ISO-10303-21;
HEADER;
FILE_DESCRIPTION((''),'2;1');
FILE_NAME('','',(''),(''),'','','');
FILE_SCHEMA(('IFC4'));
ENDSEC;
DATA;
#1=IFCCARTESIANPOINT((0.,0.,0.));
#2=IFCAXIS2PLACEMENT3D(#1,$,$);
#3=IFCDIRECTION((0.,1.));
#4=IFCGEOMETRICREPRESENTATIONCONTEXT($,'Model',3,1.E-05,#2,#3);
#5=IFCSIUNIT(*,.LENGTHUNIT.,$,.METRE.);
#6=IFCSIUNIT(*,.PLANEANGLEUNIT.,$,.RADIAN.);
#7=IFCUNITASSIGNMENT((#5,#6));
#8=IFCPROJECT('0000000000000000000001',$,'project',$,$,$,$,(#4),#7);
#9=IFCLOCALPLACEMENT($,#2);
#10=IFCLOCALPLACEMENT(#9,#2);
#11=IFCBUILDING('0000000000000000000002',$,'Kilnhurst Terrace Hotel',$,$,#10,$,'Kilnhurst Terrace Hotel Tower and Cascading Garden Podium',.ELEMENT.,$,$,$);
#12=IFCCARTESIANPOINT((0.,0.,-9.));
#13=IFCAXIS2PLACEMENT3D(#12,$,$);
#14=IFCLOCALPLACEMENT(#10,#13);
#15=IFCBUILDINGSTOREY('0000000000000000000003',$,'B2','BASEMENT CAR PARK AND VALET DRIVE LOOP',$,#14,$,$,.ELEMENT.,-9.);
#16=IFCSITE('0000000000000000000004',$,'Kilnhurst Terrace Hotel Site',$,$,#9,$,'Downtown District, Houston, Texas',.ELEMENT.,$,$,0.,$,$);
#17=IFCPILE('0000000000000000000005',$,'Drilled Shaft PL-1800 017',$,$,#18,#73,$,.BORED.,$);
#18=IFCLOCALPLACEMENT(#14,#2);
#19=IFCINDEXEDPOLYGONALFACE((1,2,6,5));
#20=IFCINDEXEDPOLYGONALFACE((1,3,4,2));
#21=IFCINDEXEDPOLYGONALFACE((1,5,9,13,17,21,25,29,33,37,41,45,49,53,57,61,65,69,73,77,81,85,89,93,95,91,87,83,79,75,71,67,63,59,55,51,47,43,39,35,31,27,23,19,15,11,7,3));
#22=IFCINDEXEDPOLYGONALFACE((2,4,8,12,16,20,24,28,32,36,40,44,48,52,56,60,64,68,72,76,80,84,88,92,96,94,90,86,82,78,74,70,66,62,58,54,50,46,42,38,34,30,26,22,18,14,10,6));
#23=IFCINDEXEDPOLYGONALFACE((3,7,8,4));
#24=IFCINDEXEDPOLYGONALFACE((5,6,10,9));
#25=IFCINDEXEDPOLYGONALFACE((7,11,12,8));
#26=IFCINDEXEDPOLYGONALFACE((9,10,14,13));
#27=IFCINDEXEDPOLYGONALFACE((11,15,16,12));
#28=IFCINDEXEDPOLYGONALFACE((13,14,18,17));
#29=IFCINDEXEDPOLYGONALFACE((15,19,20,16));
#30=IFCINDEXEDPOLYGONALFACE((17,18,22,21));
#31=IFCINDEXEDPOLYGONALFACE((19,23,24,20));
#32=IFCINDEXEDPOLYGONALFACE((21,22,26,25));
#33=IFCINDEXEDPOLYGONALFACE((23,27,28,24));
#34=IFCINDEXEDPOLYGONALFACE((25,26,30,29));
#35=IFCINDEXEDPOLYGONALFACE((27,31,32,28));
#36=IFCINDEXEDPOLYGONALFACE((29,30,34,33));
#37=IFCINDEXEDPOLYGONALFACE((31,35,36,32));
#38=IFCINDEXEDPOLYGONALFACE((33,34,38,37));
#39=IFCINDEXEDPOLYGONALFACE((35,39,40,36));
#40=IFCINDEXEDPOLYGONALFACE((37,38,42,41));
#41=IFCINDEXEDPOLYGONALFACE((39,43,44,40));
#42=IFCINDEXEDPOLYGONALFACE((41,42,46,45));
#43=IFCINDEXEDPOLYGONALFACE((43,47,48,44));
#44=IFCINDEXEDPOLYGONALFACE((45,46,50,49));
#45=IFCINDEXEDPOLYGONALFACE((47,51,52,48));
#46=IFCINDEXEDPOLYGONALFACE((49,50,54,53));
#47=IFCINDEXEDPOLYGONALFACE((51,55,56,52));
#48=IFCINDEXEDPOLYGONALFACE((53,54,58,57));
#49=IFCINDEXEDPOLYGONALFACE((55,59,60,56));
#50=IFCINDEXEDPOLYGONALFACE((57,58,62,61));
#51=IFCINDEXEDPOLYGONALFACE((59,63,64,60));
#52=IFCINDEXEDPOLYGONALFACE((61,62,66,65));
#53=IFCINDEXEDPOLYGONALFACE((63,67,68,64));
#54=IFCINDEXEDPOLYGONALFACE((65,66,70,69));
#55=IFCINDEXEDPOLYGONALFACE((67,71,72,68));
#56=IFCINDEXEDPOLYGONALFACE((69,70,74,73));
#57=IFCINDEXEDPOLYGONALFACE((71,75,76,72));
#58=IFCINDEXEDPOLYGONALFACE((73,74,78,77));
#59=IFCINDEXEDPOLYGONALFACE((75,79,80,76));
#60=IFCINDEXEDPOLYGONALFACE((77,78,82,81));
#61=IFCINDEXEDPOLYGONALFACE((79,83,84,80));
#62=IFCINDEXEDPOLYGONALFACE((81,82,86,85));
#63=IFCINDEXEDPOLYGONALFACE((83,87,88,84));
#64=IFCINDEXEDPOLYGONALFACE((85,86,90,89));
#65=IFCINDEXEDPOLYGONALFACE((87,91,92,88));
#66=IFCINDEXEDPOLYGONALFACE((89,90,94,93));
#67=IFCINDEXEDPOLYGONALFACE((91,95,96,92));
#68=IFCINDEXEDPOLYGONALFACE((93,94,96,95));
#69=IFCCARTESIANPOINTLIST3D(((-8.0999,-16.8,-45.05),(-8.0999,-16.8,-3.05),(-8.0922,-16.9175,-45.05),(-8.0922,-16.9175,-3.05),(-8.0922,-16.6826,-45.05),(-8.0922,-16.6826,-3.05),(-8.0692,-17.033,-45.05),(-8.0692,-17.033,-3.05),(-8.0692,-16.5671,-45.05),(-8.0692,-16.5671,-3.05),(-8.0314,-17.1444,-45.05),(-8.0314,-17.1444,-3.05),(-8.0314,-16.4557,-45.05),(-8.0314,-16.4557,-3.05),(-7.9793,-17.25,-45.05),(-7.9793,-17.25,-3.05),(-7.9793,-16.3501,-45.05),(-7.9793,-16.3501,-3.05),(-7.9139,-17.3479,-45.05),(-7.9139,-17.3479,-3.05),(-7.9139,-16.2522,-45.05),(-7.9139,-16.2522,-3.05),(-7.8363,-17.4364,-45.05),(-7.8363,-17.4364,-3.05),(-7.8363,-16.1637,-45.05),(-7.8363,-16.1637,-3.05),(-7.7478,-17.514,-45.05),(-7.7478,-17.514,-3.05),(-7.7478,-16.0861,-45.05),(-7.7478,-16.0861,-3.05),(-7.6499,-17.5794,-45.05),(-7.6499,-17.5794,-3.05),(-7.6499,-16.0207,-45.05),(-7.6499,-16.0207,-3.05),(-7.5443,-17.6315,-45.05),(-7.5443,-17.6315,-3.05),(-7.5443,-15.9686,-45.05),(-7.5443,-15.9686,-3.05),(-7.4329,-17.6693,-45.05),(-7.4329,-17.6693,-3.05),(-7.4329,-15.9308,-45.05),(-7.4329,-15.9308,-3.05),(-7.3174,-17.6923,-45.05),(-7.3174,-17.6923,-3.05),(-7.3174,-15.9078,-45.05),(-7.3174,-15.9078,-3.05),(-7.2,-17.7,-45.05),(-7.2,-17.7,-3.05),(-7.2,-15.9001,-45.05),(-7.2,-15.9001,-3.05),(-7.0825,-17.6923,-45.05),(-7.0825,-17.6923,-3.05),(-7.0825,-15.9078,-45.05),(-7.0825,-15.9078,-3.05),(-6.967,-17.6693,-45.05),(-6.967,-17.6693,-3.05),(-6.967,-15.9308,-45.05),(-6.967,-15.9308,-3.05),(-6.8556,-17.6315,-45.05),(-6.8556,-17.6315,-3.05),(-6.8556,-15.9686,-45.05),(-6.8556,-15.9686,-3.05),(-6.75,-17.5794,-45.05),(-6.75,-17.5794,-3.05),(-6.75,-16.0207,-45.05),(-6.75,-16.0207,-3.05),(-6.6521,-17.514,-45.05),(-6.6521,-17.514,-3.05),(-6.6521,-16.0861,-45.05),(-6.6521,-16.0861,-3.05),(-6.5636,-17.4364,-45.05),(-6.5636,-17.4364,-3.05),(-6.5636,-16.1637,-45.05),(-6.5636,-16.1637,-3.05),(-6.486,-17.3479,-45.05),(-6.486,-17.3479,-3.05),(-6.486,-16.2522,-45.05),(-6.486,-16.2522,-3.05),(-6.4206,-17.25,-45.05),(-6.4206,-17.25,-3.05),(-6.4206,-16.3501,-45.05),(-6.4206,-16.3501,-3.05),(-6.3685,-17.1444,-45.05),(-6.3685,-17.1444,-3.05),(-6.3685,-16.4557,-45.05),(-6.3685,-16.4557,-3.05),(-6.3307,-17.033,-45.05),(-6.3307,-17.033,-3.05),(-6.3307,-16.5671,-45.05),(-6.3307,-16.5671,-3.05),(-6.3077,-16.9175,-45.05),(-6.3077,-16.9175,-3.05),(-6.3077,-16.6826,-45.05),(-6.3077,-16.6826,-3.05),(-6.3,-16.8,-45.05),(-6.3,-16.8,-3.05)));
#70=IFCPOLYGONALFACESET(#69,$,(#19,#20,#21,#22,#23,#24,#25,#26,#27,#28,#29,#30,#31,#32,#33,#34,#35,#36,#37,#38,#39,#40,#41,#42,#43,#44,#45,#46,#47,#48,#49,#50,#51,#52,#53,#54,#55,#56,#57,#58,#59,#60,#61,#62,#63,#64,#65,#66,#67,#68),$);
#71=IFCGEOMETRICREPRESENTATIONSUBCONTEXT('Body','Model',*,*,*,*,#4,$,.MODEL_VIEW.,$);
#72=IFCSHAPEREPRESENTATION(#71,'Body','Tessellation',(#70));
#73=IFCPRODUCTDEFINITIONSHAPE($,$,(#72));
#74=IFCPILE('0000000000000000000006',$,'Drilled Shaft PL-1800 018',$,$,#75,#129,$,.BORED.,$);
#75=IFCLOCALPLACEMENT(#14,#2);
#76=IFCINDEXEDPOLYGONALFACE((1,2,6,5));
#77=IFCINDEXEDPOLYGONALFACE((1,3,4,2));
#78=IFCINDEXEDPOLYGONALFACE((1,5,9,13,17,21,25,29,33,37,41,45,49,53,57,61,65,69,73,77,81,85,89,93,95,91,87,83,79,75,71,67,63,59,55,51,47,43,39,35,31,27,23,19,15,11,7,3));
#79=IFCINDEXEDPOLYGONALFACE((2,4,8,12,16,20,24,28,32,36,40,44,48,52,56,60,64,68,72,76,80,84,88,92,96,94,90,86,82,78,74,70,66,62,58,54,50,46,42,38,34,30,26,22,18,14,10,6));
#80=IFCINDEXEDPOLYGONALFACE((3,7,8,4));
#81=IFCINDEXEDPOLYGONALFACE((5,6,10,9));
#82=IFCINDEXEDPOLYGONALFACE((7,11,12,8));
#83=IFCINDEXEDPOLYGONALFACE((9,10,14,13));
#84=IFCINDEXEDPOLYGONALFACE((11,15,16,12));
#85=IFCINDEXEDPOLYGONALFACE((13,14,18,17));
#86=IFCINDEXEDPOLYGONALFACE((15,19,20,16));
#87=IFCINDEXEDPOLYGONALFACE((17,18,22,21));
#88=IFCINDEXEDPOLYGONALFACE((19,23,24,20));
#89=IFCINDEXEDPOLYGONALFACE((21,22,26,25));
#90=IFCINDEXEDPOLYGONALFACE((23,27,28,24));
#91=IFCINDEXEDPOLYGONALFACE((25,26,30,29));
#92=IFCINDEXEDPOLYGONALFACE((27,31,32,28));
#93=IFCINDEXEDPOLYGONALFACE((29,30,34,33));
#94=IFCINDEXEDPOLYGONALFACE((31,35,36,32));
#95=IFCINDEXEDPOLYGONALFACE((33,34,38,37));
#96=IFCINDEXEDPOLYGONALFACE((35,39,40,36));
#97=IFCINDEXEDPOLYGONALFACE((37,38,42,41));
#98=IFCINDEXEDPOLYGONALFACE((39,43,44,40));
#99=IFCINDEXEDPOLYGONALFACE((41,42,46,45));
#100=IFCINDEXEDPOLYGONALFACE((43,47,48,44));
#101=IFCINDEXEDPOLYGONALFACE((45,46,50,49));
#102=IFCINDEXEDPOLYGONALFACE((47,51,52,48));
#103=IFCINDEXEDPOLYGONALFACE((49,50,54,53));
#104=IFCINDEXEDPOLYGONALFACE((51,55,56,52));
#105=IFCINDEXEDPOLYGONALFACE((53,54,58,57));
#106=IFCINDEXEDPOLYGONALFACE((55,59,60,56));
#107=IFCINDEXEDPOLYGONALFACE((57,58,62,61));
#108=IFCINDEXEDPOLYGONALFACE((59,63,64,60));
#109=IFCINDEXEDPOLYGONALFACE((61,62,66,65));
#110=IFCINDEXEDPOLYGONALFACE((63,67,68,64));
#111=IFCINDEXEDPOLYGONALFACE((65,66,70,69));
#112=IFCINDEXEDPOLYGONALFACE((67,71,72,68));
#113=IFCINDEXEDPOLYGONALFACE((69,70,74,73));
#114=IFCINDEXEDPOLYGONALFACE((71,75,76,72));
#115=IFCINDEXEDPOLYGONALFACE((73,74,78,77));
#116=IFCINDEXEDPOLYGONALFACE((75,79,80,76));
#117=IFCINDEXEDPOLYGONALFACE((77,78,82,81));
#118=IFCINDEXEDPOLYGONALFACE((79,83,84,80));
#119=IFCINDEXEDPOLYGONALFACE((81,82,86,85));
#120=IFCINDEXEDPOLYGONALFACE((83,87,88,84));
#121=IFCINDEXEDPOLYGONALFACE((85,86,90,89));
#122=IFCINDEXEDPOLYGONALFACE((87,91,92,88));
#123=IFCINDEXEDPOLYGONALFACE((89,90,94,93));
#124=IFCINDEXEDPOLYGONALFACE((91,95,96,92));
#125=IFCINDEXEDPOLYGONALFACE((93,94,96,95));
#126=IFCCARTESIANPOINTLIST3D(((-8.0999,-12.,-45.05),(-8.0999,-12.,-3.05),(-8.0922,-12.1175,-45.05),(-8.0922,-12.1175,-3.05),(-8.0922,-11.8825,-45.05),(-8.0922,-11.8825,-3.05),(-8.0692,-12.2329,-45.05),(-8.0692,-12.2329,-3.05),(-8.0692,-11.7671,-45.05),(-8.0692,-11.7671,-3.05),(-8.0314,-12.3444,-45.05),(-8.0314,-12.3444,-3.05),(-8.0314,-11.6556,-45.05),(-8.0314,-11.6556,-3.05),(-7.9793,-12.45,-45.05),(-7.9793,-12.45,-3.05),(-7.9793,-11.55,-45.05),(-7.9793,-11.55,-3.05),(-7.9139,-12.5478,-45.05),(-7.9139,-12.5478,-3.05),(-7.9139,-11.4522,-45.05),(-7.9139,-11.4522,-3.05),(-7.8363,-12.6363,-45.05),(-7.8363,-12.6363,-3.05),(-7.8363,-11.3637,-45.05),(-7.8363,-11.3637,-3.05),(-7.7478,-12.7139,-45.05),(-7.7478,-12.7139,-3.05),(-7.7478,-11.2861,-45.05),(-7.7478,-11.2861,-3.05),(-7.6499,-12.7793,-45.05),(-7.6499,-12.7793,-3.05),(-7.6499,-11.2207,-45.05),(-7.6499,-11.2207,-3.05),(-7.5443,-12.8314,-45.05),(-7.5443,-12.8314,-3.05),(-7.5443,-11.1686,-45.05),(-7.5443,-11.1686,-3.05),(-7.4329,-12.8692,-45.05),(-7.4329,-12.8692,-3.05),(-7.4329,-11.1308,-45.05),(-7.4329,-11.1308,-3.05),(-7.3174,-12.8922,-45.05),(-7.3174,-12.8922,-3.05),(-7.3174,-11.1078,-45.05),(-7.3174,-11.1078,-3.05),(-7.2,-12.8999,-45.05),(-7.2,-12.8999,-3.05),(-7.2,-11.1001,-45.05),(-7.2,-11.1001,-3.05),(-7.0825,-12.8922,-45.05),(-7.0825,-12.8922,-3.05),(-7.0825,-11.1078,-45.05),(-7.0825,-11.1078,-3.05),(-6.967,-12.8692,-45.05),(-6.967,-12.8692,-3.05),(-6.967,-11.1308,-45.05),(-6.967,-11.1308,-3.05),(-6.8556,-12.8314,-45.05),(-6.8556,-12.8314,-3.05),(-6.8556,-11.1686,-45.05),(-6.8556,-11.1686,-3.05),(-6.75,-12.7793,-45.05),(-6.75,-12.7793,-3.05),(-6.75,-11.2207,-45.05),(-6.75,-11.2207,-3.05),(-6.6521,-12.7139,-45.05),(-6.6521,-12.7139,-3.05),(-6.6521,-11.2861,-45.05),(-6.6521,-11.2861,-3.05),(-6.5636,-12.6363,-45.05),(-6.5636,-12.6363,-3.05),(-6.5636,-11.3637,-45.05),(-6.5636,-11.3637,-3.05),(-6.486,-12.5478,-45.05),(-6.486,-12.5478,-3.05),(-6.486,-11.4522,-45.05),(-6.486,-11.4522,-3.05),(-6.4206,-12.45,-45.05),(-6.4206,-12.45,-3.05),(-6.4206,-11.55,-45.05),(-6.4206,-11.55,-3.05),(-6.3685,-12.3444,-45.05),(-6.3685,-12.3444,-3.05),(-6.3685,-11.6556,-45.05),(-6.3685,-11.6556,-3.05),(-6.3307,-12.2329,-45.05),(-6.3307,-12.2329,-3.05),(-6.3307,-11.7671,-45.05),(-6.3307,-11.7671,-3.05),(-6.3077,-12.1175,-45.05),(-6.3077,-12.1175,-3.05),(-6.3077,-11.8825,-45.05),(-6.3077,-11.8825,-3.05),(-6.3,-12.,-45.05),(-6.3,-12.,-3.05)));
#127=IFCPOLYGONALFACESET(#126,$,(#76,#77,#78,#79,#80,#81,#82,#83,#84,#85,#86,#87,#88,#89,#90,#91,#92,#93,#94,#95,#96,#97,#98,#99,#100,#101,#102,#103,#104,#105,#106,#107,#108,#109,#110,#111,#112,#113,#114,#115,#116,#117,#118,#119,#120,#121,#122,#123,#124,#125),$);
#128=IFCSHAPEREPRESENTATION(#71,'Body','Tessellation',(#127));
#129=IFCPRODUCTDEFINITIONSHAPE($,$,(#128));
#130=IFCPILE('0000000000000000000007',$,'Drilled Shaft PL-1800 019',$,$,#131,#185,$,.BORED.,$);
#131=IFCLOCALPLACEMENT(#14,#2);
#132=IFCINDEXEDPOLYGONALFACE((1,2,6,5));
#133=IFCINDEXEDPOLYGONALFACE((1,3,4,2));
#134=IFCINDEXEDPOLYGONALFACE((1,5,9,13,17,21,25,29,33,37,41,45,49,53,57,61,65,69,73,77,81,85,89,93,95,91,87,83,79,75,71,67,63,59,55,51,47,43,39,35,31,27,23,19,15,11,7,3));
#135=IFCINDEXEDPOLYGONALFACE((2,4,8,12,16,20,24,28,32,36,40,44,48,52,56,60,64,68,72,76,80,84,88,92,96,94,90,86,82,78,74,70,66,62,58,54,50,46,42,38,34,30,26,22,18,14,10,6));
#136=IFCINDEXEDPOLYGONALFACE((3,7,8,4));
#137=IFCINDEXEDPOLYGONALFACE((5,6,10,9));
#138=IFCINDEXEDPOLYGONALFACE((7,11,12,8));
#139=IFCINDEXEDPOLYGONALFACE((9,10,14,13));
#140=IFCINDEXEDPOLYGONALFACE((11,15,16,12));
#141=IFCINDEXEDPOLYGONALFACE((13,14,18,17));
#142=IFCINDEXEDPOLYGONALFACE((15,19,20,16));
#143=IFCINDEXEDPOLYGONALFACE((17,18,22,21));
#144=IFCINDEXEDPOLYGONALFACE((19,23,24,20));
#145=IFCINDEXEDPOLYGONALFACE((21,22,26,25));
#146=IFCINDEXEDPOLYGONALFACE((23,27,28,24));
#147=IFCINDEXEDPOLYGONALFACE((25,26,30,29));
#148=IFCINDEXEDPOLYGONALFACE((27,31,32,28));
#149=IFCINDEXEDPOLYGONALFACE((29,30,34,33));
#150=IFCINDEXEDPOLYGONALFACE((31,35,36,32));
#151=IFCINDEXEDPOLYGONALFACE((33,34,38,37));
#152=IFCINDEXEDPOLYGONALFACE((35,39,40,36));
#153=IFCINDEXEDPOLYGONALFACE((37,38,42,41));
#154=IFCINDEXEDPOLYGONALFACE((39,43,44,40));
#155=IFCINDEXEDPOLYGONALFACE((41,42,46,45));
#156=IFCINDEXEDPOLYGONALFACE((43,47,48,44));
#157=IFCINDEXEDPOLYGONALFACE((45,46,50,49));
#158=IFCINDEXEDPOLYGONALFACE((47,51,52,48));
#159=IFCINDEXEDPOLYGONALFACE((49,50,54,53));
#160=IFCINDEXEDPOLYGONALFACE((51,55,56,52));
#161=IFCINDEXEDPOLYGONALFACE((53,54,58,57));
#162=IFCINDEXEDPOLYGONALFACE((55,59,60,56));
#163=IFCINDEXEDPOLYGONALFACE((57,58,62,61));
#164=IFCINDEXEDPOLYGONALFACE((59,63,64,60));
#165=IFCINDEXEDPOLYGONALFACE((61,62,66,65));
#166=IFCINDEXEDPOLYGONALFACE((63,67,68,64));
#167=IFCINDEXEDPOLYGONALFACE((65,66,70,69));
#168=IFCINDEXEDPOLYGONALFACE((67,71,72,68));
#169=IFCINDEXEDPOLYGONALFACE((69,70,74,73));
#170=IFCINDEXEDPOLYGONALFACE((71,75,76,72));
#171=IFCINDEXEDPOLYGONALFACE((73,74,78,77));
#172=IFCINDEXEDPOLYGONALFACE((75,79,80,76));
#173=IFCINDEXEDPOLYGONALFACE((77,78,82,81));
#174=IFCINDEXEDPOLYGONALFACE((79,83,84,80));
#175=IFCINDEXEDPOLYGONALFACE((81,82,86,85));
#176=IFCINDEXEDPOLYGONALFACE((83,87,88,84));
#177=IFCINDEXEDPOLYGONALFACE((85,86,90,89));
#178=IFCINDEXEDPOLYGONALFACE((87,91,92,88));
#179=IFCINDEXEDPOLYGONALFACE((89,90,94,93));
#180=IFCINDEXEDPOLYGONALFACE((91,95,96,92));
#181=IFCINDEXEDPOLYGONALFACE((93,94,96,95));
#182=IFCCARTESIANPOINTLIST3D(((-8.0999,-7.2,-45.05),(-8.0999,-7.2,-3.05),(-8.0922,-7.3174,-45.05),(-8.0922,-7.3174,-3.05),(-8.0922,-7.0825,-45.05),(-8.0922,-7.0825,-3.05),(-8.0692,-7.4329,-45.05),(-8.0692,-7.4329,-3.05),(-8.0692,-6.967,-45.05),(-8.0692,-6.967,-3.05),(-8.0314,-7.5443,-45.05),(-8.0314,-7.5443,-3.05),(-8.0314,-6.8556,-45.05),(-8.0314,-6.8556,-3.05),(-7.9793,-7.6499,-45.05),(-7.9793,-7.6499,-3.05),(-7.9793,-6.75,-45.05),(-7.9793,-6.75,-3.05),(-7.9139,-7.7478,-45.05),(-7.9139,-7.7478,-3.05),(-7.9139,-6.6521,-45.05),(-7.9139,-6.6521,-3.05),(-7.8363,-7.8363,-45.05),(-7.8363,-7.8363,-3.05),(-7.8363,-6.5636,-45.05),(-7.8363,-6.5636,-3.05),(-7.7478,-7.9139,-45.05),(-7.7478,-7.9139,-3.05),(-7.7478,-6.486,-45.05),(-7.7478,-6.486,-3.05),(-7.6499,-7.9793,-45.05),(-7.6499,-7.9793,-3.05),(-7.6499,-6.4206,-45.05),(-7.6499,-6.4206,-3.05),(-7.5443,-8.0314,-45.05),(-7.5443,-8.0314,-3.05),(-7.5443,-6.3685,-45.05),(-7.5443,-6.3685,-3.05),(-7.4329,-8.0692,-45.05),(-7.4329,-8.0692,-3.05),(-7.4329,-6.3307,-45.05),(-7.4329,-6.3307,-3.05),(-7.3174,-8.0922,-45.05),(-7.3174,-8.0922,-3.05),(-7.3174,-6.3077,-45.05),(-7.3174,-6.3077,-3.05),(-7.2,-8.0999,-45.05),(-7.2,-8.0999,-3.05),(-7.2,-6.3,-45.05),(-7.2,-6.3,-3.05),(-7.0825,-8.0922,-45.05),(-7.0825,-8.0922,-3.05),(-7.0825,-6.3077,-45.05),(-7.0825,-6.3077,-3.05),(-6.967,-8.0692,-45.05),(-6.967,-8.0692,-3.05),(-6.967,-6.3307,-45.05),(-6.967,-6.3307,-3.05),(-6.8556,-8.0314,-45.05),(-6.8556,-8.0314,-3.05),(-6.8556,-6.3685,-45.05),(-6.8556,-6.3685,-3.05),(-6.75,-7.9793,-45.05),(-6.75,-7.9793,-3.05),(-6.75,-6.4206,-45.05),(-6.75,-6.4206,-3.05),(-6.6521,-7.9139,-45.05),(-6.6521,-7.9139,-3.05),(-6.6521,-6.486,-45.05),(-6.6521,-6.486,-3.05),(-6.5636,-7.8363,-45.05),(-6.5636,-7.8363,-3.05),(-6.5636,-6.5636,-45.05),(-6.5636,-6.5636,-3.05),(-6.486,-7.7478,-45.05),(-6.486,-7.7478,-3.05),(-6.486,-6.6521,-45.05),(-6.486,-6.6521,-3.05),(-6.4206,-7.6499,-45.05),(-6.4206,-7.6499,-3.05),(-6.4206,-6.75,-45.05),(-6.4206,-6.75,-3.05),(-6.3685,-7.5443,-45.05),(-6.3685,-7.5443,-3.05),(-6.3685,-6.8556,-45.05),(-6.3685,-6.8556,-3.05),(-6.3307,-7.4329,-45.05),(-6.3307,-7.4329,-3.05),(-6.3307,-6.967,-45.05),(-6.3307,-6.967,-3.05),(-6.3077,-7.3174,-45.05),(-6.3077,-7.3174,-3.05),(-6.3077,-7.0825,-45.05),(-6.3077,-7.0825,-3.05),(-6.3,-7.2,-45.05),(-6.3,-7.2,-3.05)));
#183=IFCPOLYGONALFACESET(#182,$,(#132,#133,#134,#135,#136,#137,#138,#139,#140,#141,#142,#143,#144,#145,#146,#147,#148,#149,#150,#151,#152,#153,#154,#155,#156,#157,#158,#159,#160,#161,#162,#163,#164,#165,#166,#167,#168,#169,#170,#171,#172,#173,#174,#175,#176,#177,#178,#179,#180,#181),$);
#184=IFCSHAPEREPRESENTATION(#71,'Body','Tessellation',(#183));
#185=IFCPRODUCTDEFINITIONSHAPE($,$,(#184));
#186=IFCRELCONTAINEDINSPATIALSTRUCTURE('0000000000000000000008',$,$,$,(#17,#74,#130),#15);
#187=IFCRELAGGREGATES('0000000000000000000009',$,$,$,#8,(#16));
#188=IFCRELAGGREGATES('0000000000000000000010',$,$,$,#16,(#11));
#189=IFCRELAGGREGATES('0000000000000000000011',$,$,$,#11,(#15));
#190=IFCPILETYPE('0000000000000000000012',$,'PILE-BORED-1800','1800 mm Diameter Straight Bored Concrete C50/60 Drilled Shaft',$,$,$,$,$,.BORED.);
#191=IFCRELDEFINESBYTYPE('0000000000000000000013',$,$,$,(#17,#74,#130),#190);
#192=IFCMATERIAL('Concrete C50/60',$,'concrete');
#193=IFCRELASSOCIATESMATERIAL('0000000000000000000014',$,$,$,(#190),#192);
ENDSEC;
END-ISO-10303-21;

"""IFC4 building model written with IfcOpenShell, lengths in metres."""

from ifc_helpers import new_model, si_unit, direction, frame, origin, origin_2d, place, context, subcontext, project, spatial, circle, extrude, material, material_profile, profile_set, type_object, element, save


model = new_model("IFC4")

# Units and contexts
model_context = context("Model", 3, precision=1e-05, world=origin(), true_north=direction((0.0, 1.0)))
body_context = subcontext(model_context, "Body", "Model", "MODEL_VIEW")
ifc_project = project(units=[si_unit("LENGTHUNIT", "METRE"), si_unit("PLANEANGLEUNIT", "RADIAN")], contexts=[model_context])

# Site, building, storey
site_placement = place(None, origin())
site = spatial("IfcSite", under=ifc_project, at=site_placement, Name="Kilnhurst Terrace Hotel Site", LongName="Downtown District, Houston, Texas", CompositionType="ELEMENT", RefElevation=0.0)
building_placement = place(site_placement, origin())
building = spatial("IfcBuilding", under=site, at=building_placement, Name="Kilnhurst Terrace Hotel", LongName="Kilnhurst Terrace Hotel Tower and Cascading Garden Podium", CompositionType="ELEMENT")
storey_placement = place(building_placement, frame((0.0, 0.0, -9.0)))
storey = spatial("IfcBuildingStorey", under=building, at=storey_placement, Name="B2", Description="BASEMENT CAR PARK AND VALET DRIVE LOOP", CompositionType="ELEMENT", Elevation=-9.0)

# Piles
ifc_material_1 = material(Name="Concrete C50/60", Category="concrete")
ifc_material_profile_1 = material_profile(ifc_material_1, circle(Radius=0.8999, at=origin_2d()), Name="PILE1800")
ifc_profile_set_1 = profile_set([ifc_material_profile_1], Name="Concrete C50/60")
pile_type_1 = type_object("IfcPileType", Name="PILE-BORED-1800", Description="1800 mm Diameter Straight Bored Concrete C50/60 Drilled Shaft", PredefinedType="BORED", material=ifc_profile_set_1)
for number, where, z_axis, x_axis, name in (
    (1, (-7.2, -16.8, -3.05), (0.0, 0.0, -1.0), (1.0, 0.0, 0.0), "Drilled Shaft PL-1800 017"),
    (2, (-7.2, -12.0, -3.05), (0.0, 0.0, -1.0), (1.0, 0.0, 0.0), "Drilled Shaft PL-1800 018"),
    (3, (-7.2, -7.2, -3.05), (0.0, 0.0, -1.0), (1.0, 0.0, 0.0), "Drilled Shaft PL-1800 019"),
):
    element("IfcPile", number, at=place(storey_placement, frame(where, z_axis=z_axis, x_axis=x_axis)), inside=storey, type_object=pile_type_1, Name=name, PredefinedType="BORED", context=body_context, shape_type="SweptSolid", body=[
        extrude(circle(Radius=0.8999, at=origin_2d()), origin(), (0.0, 0.0, 1.0), 42.0),
    ])

save(model, "model.ifc")
